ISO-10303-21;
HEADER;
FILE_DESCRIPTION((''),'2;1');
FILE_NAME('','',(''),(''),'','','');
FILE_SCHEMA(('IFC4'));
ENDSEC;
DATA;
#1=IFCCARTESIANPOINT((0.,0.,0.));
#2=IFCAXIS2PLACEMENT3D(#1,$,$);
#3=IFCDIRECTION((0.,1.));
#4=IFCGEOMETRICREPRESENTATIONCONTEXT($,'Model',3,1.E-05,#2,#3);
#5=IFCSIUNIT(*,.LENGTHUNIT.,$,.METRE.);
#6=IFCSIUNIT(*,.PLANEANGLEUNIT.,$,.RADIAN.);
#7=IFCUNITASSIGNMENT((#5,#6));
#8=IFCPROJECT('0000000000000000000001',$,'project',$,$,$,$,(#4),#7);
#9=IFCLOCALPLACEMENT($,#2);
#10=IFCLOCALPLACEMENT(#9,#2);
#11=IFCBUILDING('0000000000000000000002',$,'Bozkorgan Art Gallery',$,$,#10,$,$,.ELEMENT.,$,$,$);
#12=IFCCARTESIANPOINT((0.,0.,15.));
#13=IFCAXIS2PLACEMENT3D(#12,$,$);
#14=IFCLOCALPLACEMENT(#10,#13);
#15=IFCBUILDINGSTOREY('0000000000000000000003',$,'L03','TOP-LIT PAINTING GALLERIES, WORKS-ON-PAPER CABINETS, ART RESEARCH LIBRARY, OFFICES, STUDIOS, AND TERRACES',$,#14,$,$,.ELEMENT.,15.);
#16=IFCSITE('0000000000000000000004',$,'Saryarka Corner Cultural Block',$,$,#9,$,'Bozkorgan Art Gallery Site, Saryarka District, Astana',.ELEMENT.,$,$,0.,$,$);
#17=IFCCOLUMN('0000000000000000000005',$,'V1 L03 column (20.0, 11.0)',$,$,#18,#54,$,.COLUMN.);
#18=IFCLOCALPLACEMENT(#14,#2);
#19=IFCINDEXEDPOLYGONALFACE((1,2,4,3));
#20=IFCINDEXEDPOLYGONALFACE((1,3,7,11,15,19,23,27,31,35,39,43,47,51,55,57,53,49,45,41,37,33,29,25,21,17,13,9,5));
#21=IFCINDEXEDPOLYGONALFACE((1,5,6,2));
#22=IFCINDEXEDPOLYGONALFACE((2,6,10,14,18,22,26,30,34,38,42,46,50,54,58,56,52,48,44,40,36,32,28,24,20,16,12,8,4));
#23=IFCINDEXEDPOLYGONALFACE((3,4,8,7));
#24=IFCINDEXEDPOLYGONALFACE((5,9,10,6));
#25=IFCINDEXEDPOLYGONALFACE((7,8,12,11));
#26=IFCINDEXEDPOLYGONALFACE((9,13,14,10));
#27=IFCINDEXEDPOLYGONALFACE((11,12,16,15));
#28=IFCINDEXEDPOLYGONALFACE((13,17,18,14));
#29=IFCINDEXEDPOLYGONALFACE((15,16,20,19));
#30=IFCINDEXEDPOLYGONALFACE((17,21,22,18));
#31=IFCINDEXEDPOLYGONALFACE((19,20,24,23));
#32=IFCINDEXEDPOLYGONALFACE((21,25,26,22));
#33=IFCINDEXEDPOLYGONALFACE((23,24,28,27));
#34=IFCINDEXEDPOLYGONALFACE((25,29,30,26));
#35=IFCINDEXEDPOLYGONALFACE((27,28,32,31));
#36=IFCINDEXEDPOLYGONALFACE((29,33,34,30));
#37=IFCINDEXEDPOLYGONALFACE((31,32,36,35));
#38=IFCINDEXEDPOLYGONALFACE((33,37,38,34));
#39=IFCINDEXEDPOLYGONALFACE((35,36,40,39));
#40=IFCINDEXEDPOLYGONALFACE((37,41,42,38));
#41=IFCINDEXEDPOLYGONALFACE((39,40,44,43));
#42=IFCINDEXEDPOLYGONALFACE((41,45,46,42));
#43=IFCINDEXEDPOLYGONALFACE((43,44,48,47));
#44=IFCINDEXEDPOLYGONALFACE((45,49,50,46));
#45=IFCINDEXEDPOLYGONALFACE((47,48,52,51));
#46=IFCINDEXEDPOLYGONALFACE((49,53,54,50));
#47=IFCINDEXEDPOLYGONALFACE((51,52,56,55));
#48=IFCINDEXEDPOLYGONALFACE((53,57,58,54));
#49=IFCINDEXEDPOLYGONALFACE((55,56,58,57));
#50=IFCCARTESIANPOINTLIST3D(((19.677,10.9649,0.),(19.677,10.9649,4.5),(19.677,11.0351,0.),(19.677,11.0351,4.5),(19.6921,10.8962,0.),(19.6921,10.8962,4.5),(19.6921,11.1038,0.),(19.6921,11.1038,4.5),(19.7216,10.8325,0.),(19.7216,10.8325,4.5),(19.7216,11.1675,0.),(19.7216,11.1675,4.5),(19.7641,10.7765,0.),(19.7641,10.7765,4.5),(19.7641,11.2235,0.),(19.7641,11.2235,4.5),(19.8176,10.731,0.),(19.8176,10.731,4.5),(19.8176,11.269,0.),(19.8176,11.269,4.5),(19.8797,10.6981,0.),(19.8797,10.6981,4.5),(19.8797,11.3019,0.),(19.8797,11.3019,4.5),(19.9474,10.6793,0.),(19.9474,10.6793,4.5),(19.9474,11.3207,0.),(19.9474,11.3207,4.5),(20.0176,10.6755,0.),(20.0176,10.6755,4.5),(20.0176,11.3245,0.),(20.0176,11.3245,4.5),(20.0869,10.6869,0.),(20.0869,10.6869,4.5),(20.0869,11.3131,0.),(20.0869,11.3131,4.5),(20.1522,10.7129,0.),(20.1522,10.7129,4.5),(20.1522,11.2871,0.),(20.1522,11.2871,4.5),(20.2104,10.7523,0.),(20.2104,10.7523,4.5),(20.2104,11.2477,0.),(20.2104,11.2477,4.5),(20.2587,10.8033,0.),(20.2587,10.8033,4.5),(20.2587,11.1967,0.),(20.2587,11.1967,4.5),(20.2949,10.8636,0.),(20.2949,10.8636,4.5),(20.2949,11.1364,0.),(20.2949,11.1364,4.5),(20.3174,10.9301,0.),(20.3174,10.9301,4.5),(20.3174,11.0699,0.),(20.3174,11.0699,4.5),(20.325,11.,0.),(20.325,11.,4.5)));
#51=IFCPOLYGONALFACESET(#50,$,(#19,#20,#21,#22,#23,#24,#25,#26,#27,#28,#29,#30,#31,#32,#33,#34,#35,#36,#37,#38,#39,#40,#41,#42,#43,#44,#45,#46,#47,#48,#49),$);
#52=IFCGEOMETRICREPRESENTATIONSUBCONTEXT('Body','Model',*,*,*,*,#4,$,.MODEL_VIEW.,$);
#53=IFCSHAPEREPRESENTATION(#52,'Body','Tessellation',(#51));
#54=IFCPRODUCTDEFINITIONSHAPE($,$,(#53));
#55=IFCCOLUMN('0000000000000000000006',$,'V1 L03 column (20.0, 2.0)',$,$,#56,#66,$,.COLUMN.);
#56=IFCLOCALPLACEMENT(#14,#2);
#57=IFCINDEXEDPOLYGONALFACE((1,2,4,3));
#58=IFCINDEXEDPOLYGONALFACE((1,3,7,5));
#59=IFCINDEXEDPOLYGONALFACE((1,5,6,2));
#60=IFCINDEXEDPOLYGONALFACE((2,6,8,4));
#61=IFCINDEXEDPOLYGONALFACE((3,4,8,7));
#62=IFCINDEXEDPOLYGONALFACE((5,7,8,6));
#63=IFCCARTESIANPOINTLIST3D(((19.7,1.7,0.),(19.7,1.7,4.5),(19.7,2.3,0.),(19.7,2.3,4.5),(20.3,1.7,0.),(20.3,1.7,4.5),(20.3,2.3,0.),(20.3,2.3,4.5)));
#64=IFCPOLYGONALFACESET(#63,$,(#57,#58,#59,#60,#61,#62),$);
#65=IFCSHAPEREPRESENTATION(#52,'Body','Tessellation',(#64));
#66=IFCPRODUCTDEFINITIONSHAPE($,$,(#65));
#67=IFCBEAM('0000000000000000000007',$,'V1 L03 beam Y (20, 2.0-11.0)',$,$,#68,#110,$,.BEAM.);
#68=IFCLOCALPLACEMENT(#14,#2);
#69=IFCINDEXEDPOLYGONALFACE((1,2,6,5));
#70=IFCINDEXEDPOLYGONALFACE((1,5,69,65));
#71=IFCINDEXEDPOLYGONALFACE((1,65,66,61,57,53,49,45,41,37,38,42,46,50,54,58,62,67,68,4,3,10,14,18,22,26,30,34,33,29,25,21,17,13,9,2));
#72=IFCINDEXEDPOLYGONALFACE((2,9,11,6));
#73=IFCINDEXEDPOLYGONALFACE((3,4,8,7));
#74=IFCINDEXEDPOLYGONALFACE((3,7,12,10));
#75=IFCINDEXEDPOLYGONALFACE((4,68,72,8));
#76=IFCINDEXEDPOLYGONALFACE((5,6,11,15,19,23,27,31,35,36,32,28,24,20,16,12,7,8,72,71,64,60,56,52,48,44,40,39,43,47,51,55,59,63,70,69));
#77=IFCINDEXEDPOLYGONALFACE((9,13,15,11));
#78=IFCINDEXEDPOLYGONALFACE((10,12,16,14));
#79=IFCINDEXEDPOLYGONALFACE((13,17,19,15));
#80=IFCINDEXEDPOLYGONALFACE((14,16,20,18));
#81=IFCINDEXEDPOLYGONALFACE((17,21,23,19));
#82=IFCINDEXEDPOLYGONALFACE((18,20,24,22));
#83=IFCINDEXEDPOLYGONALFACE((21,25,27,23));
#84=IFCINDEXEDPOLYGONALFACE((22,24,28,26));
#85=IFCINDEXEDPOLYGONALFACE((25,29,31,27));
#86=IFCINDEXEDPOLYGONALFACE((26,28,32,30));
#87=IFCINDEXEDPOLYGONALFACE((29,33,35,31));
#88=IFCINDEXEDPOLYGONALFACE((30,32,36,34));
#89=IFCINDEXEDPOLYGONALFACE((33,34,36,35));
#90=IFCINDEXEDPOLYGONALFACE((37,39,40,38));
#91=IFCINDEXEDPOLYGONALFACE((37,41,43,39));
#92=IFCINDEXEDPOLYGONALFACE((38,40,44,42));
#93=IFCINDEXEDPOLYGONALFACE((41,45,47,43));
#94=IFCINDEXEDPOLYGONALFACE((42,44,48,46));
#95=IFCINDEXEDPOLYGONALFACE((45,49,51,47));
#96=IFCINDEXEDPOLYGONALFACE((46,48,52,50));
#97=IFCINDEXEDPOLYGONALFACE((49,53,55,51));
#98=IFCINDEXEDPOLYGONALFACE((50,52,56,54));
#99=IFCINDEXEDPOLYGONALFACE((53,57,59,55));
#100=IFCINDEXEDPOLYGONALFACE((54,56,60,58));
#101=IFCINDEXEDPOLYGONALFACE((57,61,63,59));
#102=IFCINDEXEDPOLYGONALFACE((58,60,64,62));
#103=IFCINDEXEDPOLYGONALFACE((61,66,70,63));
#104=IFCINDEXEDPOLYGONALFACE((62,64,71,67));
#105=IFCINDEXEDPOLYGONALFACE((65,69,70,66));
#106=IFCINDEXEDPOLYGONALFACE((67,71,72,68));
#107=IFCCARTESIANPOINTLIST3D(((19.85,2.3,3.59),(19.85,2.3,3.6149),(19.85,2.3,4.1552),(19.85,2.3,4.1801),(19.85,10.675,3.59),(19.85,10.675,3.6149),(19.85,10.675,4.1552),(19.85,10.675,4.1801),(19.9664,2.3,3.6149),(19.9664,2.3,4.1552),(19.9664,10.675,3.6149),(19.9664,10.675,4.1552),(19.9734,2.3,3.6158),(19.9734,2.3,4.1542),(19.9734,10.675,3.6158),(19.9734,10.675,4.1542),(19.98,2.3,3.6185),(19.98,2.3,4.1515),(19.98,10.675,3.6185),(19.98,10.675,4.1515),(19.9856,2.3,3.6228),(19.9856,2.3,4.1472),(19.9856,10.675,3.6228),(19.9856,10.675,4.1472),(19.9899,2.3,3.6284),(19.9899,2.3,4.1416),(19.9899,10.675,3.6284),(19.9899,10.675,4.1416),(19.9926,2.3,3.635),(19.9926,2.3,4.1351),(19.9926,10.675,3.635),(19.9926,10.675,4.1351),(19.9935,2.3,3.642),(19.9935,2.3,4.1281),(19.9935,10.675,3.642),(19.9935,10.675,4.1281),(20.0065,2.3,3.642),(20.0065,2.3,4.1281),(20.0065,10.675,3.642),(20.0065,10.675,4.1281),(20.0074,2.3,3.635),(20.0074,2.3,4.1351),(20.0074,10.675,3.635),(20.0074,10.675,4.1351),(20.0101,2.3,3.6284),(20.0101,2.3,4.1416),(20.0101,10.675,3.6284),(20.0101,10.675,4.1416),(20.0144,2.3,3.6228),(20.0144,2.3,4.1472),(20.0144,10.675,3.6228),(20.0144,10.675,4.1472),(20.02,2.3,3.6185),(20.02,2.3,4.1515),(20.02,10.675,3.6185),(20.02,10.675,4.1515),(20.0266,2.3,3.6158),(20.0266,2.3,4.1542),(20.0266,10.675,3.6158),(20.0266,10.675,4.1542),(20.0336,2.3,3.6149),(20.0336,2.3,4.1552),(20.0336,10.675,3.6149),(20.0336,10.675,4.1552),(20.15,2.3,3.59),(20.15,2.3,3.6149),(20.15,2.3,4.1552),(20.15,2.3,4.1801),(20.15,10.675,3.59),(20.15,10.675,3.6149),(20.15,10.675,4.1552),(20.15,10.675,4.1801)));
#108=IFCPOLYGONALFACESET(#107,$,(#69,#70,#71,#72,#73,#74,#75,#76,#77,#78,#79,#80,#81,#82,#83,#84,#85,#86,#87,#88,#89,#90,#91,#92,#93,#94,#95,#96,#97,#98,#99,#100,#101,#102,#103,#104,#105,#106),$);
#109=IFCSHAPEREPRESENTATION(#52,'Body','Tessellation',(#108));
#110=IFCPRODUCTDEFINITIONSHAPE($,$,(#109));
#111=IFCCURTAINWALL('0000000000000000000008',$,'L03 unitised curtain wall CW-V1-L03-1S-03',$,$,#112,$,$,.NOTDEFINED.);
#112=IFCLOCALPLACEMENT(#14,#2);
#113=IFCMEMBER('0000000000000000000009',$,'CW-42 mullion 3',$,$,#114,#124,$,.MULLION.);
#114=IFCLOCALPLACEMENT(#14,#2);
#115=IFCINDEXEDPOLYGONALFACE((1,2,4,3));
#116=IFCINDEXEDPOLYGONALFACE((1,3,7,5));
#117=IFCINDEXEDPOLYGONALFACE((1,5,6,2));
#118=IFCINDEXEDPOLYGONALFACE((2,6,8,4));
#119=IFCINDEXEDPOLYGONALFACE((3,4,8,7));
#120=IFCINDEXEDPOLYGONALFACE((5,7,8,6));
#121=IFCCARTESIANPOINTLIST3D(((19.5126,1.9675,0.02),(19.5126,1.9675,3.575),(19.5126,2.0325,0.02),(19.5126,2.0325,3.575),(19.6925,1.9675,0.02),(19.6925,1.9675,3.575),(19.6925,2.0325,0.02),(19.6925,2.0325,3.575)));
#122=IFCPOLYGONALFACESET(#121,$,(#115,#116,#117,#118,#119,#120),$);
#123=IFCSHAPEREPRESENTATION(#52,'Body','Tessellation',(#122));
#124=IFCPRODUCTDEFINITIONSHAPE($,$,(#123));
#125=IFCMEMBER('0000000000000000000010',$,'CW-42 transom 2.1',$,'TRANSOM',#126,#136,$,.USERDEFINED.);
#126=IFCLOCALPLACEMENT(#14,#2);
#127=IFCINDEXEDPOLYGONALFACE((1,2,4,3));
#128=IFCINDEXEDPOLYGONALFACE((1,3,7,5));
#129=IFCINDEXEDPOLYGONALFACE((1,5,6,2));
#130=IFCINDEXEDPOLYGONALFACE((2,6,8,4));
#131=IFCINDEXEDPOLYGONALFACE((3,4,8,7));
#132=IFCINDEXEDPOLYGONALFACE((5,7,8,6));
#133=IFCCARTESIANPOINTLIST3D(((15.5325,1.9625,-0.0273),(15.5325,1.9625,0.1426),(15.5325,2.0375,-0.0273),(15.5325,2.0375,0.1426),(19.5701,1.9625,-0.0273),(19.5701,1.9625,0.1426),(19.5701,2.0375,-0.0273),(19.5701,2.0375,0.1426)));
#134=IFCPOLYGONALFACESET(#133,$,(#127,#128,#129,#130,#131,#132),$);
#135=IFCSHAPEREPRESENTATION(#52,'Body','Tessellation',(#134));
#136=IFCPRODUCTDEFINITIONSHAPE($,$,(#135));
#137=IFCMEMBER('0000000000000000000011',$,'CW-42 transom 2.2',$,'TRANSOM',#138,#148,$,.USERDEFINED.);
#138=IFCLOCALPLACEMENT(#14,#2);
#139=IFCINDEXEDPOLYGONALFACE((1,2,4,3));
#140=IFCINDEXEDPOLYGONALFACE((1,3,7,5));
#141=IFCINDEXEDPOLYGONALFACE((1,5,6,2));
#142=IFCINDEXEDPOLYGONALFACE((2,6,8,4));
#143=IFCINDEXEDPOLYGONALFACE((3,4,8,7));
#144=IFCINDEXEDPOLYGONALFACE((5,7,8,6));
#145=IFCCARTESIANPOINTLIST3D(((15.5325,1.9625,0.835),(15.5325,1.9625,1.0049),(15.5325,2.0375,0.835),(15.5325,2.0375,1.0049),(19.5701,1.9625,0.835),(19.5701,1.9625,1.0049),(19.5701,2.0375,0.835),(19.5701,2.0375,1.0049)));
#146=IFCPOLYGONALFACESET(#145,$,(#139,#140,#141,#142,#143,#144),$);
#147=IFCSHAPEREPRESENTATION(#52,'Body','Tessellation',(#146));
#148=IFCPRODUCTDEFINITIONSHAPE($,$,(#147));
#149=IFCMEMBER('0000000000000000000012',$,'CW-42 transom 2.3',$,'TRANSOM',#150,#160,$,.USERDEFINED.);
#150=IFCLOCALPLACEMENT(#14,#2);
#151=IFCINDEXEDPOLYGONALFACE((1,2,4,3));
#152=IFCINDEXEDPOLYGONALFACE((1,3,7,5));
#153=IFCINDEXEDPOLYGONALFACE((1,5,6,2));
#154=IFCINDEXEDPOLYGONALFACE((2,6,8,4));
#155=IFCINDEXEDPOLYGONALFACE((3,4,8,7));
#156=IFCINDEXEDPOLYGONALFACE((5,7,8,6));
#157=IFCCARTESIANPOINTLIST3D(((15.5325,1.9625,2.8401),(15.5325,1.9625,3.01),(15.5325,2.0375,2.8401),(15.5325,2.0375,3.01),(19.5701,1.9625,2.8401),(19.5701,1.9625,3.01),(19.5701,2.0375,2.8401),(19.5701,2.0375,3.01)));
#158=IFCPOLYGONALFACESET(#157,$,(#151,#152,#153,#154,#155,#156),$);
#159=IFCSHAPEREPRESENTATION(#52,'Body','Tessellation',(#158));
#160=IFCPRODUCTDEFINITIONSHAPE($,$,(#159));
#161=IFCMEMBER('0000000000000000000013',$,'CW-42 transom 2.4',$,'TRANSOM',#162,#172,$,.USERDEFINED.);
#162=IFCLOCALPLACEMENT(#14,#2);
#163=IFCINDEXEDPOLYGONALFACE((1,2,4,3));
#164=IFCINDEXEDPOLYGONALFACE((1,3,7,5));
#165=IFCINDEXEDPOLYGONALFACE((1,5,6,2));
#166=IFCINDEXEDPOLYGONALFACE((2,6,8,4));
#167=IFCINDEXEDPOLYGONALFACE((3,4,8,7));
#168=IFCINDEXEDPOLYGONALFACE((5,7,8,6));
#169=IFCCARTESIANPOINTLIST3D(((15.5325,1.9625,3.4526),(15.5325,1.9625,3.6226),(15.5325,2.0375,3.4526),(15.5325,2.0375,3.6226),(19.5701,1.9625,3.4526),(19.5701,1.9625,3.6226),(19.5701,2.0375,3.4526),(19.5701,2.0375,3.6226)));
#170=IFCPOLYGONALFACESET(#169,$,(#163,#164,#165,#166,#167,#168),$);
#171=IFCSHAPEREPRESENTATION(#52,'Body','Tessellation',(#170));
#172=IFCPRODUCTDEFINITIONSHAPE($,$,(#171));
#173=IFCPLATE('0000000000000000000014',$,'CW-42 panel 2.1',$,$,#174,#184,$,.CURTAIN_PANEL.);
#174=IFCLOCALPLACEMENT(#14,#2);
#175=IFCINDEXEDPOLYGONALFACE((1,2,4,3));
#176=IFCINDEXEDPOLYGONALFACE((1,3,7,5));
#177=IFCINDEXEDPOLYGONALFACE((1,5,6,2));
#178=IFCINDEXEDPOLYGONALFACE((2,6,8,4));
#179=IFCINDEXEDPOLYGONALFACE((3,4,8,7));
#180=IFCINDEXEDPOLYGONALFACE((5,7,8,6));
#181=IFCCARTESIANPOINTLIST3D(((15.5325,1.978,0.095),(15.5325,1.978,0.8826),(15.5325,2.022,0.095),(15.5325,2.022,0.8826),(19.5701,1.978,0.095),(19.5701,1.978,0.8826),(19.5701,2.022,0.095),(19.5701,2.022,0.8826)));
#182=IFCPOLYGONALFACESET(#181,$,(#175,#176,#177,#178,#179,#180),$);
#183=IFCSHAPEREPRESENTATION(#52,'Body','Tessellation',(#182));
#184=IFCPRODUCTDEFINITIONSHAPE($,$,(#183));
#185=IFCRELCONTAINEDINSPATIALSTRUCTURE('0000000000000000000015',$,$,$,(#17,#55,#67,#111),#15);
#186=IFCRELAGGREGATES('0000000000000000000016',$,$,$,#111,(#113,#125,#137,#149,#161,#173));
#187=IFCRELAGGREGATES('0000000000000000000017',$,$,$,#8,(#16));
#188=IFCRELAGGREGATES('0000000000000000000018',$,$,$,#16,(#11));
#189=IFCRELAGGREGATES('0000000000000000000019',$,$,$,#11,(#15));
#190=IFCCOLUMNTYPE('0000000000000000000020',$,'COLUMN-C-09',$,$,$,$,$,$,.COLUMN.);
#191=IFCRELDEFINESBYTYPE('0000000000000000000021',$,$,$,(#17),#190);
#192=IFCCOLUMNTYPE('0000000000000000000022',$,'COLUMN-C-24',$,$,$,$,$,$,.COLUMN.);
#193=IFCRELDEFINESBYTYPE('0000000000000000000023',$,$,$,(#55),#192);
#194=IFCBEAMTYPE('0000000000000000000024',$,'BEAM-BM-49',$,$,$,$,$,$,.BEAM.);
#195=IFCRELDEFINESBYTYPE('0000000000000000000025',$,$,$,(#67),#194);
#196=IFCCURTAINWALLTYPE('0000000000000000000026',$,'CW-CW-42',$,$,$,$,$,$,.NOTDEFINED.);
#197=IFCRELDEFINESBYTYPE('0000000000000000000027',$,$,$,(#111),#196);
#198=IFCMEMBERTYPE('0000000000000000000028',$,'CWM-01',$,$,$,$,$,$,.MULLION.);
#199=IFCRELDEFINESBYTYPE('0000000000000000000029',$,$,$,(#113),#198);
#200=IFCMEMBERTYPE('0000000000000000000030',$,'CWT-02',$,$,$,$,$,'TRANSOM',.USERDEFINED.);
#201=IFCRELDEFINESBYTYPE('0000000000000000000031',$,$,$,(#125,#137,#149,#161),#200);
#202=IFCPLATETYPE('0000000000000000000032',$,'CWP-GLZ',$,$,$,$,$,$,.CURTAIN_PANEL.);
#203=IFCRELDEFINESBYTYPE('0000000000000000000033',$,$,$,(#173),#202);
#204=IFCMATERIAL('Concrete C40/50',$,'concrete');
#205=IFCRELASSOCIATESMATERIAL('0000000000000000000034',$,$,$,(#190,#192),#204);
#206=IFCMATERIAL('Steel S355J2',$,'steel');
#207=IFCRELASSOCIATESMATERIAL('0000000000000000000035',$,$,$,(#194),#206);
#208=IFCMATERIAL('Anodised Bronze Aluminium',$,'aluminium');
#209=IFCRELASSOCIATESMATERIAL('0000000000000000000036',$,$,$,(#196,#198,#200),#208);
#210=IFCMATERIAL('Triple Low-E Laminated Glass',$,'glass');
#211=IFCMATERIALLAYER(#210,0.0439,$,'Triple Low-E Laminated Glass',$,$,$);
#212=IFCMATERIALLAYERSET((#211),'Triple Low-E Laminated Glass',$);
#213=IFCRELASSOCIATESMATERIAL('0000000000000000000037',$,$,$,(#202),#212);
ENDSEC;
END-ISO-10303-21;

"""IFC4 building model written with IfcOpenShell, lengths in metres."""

from ifc_helpers import new_model, si_unit, direction, frame, origin, origin_2d, place, context, subcontext, project, spatial, rectangle, circle, i_section, extrude, material, layer, layer_set, material_profile, profile_set, type_object, element, aggregate, save


model = new_model("IFC4")

# Units and contexts
model_context = context("Model", 3, precision=1e-05, world=origin(), true_north=direction((0.0, 1.0)))
body_context = subcontext(model_context, "Body", "Model", "MODEL_VIEW")
ifc_project = project(units=[si_unit("LENGTHUNIT", "METRE"), si_unit("PLANEANGLEUNIT", "RADIAN")], contexts=[model_context])

# Site, building, storey
site_placement = place(None, origin())
site = spatial("IfcSite", under=ifc_project, at=site_placement, Name="Saryarka Corner Cultural Block", LongName="Bozkorgan Art Gallery Site, Saryarka District, Astana", CompositionType="ELEMENT", RefElevation=0.0)
building_placement = place(site_placement, origin())
building = spatial("IfcBuilding", under=site, at=building_placement, Name="Bozkorgan Art Gallery", CompositionType="ELEMENT")
storey_placement = place(building_placement, frame((0.0, 0.0, 15.0)))
storey = spatial("IfcBuildingStorey", under=building, at=storey_placement, Name="L03", Description="TOP-LIT PAINTING GALLERIES, WORKS-ON-PAPER CABINETS, ART RESEARCH LIBRARY, OFFICES, STUDIOS, AND TERRACES", CompositionType="ELEMENT", Elevation=15.0)

# Columns
ifc_material_1 = material(Name="Concrete C40/50", Category="concrete")
ifc_material_profile_1 = material_profile(ifc_material_1, circle(Radius=0.325, at=origin_2d()), Name="RC D650")
ifc_profile_set_1 = profile_set([ifc_material_profile_1], Name="Concrete C40/50")
column_type_1 = type_object("IfcColumnType", Name="COLUMN-C-09", PredefinedType="COLUMN", material=ifc_profile_set_1)
column_1_placement = place(storey_placement, frame((20.0, 11.0, 0.0), z_axis=(0.0, 0.0, 1.0), x_axis=(1.0, 0.0, 0.0)))
element("IfcColumn", 1, at=column_1_placement, inside=storey, type_object=column_type_1, Name="V1 L03 column (20.0, 11.0)", PredefinedType="COLUMN", context=body_context, shape_type="SweptSolid", body=[
    extrude(circle(Radius=0.325, at=origin_2d()), origin(), (0.0, 0.0, 1.0), 4.5),
])
ifc_material_profile_2 = material_profile(ifc_material_1, rectangle(XDim=0.6001, YDim=0.6001, at=origin_2d()), Name="RC 600x600")
ifc_profile_set_2 = profile_set([ifc_material_profile_2], Name="Concrete C40/50")
column_type_2 = type_object("IfcColumnType", Name="COLUMN-C-24", PredefinedType="COLUMN", material=ifc_profile_set_2)
column_2_placement = place(storey_placement, frame((20.0, 2.0, 0.0), z_axis=(0.0, 0.0, 1.0), x_axis=(1.0, 0.0, 0.0)))
element("IfcColumn", 2, at=column_2_placement, inside=storey, type_object=column_type_2, Name="V1 L03 column (20.0, 2.0)", PredefinedType="COLUMN", context=body_context, shape_type="SweptSolid", body=[
    extrude(rectangle(XDim=0.6001, YDim=0.6001, at=origin_2d()), origin(), (0.0, 0.0, 1.0), 4.5),
])

# Beam
ifc_material_2 = material(Name="Steel S355J2", Category="steel")
ifc_material_profile_3 = material_profile(ifc_material_2, i_section(OverallWidth=0.3, OverallDepth=0.5901, WebThickness=0.0129, FlangeThickness=0.0249, FilletRadius=0.0271, at=origin_2d()), Name="HEA 600")
ifc_profile_set_3 = profile_set([ifc_material_profile_3], Name="Steel S355J2")
beam_type = type_object("IfcBeamType", Name="BEAM-BM-49", PredefinedType="BEAM", material=ifc_profile_set_3)
beam_placement = place(storey_placement, frame((20.0, 2.3, 3.885), z_axis=(0.0, 1.0, 0.0), x_axis=(-1.0, 0.0, 0.0)))
element("IfcBeam", 3, at=beam_placement, inside=storey, type_object=beam_type, Name="V1 L03 beam Y (20, 2.0-11.0)", PredefinedType="BEAM", context=body_context, shape_type="SweptSolid", body=[
    extrude(i_section(OverallWidth=0.3, OverallDepth=0.5901, WebThickness=0.0129, FlangeThickness=0.0249, FilletRadius=0.0271, at=origin_2d()), origin(), (0.0, 0.0, 1.0), 8.375),
])

# Curtain wall, members, plate
ifc_material_3 = material(Name="Anodised Bronze Aluminium", Category="aluminium")
curtain_wall_type = type_object("IfcCurtainWallType", Name="CW-CW-42", PredefinedType="NOTDEFINED", material=ifc_material_3)
curtain_wall_placement = place(storey_placement, origin())
curtain_wall = element("IfcCurtainWall", 4, at=curtain_wall_placement, inside=storey, type_object=curtain_wall_type, Name="L03 unitised curtain wall CW-V1-L03-1S-03", PredefinedType="NOTDEFINED")
ifc_material_profile_4 = material_profile(ifc_material_3, rectangle(XDim=0.0649, YDim=0.1799, at=origin_2d()), Name="ALU MULLION 65x180")
ifc_profile_set_4 = profile_set([ifc_material_profile_4], Name="Anodised Bronze Aluminium")
member_type_1 = type_object("IfcMemberType", Name="CWM-01", PredefinedType="MULLION", material=ifc_profile_set_4)
member_1_placement = place(storey_placement, frame((19.6025, 2.0, 0.02), z_axis=(0.0, 0.0, 1.0), x_axis=(0.0, 1.0, 0.0)))
member_1 = element("IfcMember", 5, at=member_1_placement, type_object=member_type_1, Name="CW-42 mullion 3", PredefinedType="MULLION", context=body_context, shape_type="SweptSolid", body=[
    extrude(rectangle(XDim=0.0649, YDim=0.1799, at=origin_2d()), origin(), (0.0, 0.0, 1.0), 3.5549),
])
ifc_material_profile_5 = material_profile(ifc_material_3, rectangle(XDim=0.075, YDim=0.1699, at=origin_2d()), Name="ALU TRANSOM 75x170")
ifc_profile_set_5 = profile_set([ifc_material_profile_5], Name="Anodised Bronze Aluminium")
member_type_2 = type_object("IfcMemberType", Name="CWT-02", ElementType="TRANSOM", PredefinedType="USERDEFINED", material=ifc_profile_set_5)
member_2_placement = place(storey_placement, frame((15.5325, 2.0, 0.0576), z_axis=(1.0, 0.0, 0.0), x_axis=(0.0, 1.0, 0.0)))
member_2 = element("IfcMember", 6, at=member_2_placement, type_object=member_type_2, Name="CW-42 transom 2.1", ObjectType="TRANSOM", PredefinedType="USERDEFINED", context=body_context, shape_type="SweptSolid", body=[
    extrude(rectangle(XDim=0.075, YDim=0.1699, at=origin_2d()), origin(), (0.0, 0.0, 1.0), 4.0376),
])
member_3_placement = place(storey_placement, frame((15.5325, 2.0, 0.9199), z_axis=(1.0, 0.0, 0.0), x_axis=(0.0, 1.0, 0.0)))
member_3 = element("IfcMember", 7, at=member_3_placement, type_object=member_type_2, Name="CW-42 transom 2.2", ObjectType="TRANSOM", PredefinedType="USERDEFINED", context=body_context, shape_type="SweptSolid", body=[
    extrude(rectangle(XDim=0.075, YDim=0.1699, at=origin_2d()), origin(), (0.0, 0.0, 1.0), 4.0376),
])
member_4_placement = place(storey_placement, frame((15.5325, 2.0, 2.925), z_axis=(1.0, 0.0, 0.0), x_axis=(0.0, 1.0, 0.0)))
member_4 = element("IfcMember", 8, at=member_4_placement, type_object=member_type_2, Name="CW-42 transom 2.3", ObjectType="TRANSOM", PredefinedType="USERDEFINED", context=body_context, shape_type="SweptSolid", body=[
    extrude(rectangle(XDim=0.075, YDim=0.1699, at=origin_2d()), origin(), (0.0, 0.0, 1.0), 4.0376),
])
member_5_placement = place(storey_placement, frame((15.5325, 2.0, 3.5376), z_axis=(1.0, 0.0, 0.0), x_axis=(0.0, 1.0, 0.0)))
member_5 = element("IfcMember", 9, at=member_5_placement, type_object=member_type_2, Name="CW-42 transom 2.4", ObjectType="TRANSOM", PredefinedType="USERDEFINED", context=body_context, shape_type="SweptSolid", body=[
    extrude(rectangle(XDim=0.075, YDim=0.1699, at=origin_2d()), origin(), (0.0, 0.0, 1.0), 4.0376),
])
ifc_material_4 = material(Name="Triple Low-E Laminated Glass", Category="glass")
ifc_layer_1 = layer(ifc_material_4, 0.0439, Name="Triple Low-E Laminated Glass")
ifc_layer_set_1 = layer_set([ifc_layer_1], Name="Triple Low-E Laminated Glass")
plate_type = type_object("IfcPlateType", Name="CWP-GLZ", PredefinedType="CURTAIN_PANEL", material=ifc_layer_set_1)
plate_1_placement = place(storey_placement, frame((17.5513, 2.0, 0.095), z_axis=(0.0, 0.0, 1.0), x_axis=(1.0, 0.0, 0.0)))
plate_1 = element("IfcPlate", 10, at=plate_1_placement, type_object=plate_type, Name="CW-42 panel 2.1", PredefinedType="CURTAIN_PANEL", context=body_context, shape_type="SweptSolid", body=[
    extrude(rectangle(XDim=4.0376, YDim=0.0439, at=origin_2d()), origin(), (0.0, 0.0, 1.0), 0.7876),
])
aggregate(curtain_wall, [member_1, member_2, member_3, member_4, member_5, plate_1])

save(model, "model.ifc")
